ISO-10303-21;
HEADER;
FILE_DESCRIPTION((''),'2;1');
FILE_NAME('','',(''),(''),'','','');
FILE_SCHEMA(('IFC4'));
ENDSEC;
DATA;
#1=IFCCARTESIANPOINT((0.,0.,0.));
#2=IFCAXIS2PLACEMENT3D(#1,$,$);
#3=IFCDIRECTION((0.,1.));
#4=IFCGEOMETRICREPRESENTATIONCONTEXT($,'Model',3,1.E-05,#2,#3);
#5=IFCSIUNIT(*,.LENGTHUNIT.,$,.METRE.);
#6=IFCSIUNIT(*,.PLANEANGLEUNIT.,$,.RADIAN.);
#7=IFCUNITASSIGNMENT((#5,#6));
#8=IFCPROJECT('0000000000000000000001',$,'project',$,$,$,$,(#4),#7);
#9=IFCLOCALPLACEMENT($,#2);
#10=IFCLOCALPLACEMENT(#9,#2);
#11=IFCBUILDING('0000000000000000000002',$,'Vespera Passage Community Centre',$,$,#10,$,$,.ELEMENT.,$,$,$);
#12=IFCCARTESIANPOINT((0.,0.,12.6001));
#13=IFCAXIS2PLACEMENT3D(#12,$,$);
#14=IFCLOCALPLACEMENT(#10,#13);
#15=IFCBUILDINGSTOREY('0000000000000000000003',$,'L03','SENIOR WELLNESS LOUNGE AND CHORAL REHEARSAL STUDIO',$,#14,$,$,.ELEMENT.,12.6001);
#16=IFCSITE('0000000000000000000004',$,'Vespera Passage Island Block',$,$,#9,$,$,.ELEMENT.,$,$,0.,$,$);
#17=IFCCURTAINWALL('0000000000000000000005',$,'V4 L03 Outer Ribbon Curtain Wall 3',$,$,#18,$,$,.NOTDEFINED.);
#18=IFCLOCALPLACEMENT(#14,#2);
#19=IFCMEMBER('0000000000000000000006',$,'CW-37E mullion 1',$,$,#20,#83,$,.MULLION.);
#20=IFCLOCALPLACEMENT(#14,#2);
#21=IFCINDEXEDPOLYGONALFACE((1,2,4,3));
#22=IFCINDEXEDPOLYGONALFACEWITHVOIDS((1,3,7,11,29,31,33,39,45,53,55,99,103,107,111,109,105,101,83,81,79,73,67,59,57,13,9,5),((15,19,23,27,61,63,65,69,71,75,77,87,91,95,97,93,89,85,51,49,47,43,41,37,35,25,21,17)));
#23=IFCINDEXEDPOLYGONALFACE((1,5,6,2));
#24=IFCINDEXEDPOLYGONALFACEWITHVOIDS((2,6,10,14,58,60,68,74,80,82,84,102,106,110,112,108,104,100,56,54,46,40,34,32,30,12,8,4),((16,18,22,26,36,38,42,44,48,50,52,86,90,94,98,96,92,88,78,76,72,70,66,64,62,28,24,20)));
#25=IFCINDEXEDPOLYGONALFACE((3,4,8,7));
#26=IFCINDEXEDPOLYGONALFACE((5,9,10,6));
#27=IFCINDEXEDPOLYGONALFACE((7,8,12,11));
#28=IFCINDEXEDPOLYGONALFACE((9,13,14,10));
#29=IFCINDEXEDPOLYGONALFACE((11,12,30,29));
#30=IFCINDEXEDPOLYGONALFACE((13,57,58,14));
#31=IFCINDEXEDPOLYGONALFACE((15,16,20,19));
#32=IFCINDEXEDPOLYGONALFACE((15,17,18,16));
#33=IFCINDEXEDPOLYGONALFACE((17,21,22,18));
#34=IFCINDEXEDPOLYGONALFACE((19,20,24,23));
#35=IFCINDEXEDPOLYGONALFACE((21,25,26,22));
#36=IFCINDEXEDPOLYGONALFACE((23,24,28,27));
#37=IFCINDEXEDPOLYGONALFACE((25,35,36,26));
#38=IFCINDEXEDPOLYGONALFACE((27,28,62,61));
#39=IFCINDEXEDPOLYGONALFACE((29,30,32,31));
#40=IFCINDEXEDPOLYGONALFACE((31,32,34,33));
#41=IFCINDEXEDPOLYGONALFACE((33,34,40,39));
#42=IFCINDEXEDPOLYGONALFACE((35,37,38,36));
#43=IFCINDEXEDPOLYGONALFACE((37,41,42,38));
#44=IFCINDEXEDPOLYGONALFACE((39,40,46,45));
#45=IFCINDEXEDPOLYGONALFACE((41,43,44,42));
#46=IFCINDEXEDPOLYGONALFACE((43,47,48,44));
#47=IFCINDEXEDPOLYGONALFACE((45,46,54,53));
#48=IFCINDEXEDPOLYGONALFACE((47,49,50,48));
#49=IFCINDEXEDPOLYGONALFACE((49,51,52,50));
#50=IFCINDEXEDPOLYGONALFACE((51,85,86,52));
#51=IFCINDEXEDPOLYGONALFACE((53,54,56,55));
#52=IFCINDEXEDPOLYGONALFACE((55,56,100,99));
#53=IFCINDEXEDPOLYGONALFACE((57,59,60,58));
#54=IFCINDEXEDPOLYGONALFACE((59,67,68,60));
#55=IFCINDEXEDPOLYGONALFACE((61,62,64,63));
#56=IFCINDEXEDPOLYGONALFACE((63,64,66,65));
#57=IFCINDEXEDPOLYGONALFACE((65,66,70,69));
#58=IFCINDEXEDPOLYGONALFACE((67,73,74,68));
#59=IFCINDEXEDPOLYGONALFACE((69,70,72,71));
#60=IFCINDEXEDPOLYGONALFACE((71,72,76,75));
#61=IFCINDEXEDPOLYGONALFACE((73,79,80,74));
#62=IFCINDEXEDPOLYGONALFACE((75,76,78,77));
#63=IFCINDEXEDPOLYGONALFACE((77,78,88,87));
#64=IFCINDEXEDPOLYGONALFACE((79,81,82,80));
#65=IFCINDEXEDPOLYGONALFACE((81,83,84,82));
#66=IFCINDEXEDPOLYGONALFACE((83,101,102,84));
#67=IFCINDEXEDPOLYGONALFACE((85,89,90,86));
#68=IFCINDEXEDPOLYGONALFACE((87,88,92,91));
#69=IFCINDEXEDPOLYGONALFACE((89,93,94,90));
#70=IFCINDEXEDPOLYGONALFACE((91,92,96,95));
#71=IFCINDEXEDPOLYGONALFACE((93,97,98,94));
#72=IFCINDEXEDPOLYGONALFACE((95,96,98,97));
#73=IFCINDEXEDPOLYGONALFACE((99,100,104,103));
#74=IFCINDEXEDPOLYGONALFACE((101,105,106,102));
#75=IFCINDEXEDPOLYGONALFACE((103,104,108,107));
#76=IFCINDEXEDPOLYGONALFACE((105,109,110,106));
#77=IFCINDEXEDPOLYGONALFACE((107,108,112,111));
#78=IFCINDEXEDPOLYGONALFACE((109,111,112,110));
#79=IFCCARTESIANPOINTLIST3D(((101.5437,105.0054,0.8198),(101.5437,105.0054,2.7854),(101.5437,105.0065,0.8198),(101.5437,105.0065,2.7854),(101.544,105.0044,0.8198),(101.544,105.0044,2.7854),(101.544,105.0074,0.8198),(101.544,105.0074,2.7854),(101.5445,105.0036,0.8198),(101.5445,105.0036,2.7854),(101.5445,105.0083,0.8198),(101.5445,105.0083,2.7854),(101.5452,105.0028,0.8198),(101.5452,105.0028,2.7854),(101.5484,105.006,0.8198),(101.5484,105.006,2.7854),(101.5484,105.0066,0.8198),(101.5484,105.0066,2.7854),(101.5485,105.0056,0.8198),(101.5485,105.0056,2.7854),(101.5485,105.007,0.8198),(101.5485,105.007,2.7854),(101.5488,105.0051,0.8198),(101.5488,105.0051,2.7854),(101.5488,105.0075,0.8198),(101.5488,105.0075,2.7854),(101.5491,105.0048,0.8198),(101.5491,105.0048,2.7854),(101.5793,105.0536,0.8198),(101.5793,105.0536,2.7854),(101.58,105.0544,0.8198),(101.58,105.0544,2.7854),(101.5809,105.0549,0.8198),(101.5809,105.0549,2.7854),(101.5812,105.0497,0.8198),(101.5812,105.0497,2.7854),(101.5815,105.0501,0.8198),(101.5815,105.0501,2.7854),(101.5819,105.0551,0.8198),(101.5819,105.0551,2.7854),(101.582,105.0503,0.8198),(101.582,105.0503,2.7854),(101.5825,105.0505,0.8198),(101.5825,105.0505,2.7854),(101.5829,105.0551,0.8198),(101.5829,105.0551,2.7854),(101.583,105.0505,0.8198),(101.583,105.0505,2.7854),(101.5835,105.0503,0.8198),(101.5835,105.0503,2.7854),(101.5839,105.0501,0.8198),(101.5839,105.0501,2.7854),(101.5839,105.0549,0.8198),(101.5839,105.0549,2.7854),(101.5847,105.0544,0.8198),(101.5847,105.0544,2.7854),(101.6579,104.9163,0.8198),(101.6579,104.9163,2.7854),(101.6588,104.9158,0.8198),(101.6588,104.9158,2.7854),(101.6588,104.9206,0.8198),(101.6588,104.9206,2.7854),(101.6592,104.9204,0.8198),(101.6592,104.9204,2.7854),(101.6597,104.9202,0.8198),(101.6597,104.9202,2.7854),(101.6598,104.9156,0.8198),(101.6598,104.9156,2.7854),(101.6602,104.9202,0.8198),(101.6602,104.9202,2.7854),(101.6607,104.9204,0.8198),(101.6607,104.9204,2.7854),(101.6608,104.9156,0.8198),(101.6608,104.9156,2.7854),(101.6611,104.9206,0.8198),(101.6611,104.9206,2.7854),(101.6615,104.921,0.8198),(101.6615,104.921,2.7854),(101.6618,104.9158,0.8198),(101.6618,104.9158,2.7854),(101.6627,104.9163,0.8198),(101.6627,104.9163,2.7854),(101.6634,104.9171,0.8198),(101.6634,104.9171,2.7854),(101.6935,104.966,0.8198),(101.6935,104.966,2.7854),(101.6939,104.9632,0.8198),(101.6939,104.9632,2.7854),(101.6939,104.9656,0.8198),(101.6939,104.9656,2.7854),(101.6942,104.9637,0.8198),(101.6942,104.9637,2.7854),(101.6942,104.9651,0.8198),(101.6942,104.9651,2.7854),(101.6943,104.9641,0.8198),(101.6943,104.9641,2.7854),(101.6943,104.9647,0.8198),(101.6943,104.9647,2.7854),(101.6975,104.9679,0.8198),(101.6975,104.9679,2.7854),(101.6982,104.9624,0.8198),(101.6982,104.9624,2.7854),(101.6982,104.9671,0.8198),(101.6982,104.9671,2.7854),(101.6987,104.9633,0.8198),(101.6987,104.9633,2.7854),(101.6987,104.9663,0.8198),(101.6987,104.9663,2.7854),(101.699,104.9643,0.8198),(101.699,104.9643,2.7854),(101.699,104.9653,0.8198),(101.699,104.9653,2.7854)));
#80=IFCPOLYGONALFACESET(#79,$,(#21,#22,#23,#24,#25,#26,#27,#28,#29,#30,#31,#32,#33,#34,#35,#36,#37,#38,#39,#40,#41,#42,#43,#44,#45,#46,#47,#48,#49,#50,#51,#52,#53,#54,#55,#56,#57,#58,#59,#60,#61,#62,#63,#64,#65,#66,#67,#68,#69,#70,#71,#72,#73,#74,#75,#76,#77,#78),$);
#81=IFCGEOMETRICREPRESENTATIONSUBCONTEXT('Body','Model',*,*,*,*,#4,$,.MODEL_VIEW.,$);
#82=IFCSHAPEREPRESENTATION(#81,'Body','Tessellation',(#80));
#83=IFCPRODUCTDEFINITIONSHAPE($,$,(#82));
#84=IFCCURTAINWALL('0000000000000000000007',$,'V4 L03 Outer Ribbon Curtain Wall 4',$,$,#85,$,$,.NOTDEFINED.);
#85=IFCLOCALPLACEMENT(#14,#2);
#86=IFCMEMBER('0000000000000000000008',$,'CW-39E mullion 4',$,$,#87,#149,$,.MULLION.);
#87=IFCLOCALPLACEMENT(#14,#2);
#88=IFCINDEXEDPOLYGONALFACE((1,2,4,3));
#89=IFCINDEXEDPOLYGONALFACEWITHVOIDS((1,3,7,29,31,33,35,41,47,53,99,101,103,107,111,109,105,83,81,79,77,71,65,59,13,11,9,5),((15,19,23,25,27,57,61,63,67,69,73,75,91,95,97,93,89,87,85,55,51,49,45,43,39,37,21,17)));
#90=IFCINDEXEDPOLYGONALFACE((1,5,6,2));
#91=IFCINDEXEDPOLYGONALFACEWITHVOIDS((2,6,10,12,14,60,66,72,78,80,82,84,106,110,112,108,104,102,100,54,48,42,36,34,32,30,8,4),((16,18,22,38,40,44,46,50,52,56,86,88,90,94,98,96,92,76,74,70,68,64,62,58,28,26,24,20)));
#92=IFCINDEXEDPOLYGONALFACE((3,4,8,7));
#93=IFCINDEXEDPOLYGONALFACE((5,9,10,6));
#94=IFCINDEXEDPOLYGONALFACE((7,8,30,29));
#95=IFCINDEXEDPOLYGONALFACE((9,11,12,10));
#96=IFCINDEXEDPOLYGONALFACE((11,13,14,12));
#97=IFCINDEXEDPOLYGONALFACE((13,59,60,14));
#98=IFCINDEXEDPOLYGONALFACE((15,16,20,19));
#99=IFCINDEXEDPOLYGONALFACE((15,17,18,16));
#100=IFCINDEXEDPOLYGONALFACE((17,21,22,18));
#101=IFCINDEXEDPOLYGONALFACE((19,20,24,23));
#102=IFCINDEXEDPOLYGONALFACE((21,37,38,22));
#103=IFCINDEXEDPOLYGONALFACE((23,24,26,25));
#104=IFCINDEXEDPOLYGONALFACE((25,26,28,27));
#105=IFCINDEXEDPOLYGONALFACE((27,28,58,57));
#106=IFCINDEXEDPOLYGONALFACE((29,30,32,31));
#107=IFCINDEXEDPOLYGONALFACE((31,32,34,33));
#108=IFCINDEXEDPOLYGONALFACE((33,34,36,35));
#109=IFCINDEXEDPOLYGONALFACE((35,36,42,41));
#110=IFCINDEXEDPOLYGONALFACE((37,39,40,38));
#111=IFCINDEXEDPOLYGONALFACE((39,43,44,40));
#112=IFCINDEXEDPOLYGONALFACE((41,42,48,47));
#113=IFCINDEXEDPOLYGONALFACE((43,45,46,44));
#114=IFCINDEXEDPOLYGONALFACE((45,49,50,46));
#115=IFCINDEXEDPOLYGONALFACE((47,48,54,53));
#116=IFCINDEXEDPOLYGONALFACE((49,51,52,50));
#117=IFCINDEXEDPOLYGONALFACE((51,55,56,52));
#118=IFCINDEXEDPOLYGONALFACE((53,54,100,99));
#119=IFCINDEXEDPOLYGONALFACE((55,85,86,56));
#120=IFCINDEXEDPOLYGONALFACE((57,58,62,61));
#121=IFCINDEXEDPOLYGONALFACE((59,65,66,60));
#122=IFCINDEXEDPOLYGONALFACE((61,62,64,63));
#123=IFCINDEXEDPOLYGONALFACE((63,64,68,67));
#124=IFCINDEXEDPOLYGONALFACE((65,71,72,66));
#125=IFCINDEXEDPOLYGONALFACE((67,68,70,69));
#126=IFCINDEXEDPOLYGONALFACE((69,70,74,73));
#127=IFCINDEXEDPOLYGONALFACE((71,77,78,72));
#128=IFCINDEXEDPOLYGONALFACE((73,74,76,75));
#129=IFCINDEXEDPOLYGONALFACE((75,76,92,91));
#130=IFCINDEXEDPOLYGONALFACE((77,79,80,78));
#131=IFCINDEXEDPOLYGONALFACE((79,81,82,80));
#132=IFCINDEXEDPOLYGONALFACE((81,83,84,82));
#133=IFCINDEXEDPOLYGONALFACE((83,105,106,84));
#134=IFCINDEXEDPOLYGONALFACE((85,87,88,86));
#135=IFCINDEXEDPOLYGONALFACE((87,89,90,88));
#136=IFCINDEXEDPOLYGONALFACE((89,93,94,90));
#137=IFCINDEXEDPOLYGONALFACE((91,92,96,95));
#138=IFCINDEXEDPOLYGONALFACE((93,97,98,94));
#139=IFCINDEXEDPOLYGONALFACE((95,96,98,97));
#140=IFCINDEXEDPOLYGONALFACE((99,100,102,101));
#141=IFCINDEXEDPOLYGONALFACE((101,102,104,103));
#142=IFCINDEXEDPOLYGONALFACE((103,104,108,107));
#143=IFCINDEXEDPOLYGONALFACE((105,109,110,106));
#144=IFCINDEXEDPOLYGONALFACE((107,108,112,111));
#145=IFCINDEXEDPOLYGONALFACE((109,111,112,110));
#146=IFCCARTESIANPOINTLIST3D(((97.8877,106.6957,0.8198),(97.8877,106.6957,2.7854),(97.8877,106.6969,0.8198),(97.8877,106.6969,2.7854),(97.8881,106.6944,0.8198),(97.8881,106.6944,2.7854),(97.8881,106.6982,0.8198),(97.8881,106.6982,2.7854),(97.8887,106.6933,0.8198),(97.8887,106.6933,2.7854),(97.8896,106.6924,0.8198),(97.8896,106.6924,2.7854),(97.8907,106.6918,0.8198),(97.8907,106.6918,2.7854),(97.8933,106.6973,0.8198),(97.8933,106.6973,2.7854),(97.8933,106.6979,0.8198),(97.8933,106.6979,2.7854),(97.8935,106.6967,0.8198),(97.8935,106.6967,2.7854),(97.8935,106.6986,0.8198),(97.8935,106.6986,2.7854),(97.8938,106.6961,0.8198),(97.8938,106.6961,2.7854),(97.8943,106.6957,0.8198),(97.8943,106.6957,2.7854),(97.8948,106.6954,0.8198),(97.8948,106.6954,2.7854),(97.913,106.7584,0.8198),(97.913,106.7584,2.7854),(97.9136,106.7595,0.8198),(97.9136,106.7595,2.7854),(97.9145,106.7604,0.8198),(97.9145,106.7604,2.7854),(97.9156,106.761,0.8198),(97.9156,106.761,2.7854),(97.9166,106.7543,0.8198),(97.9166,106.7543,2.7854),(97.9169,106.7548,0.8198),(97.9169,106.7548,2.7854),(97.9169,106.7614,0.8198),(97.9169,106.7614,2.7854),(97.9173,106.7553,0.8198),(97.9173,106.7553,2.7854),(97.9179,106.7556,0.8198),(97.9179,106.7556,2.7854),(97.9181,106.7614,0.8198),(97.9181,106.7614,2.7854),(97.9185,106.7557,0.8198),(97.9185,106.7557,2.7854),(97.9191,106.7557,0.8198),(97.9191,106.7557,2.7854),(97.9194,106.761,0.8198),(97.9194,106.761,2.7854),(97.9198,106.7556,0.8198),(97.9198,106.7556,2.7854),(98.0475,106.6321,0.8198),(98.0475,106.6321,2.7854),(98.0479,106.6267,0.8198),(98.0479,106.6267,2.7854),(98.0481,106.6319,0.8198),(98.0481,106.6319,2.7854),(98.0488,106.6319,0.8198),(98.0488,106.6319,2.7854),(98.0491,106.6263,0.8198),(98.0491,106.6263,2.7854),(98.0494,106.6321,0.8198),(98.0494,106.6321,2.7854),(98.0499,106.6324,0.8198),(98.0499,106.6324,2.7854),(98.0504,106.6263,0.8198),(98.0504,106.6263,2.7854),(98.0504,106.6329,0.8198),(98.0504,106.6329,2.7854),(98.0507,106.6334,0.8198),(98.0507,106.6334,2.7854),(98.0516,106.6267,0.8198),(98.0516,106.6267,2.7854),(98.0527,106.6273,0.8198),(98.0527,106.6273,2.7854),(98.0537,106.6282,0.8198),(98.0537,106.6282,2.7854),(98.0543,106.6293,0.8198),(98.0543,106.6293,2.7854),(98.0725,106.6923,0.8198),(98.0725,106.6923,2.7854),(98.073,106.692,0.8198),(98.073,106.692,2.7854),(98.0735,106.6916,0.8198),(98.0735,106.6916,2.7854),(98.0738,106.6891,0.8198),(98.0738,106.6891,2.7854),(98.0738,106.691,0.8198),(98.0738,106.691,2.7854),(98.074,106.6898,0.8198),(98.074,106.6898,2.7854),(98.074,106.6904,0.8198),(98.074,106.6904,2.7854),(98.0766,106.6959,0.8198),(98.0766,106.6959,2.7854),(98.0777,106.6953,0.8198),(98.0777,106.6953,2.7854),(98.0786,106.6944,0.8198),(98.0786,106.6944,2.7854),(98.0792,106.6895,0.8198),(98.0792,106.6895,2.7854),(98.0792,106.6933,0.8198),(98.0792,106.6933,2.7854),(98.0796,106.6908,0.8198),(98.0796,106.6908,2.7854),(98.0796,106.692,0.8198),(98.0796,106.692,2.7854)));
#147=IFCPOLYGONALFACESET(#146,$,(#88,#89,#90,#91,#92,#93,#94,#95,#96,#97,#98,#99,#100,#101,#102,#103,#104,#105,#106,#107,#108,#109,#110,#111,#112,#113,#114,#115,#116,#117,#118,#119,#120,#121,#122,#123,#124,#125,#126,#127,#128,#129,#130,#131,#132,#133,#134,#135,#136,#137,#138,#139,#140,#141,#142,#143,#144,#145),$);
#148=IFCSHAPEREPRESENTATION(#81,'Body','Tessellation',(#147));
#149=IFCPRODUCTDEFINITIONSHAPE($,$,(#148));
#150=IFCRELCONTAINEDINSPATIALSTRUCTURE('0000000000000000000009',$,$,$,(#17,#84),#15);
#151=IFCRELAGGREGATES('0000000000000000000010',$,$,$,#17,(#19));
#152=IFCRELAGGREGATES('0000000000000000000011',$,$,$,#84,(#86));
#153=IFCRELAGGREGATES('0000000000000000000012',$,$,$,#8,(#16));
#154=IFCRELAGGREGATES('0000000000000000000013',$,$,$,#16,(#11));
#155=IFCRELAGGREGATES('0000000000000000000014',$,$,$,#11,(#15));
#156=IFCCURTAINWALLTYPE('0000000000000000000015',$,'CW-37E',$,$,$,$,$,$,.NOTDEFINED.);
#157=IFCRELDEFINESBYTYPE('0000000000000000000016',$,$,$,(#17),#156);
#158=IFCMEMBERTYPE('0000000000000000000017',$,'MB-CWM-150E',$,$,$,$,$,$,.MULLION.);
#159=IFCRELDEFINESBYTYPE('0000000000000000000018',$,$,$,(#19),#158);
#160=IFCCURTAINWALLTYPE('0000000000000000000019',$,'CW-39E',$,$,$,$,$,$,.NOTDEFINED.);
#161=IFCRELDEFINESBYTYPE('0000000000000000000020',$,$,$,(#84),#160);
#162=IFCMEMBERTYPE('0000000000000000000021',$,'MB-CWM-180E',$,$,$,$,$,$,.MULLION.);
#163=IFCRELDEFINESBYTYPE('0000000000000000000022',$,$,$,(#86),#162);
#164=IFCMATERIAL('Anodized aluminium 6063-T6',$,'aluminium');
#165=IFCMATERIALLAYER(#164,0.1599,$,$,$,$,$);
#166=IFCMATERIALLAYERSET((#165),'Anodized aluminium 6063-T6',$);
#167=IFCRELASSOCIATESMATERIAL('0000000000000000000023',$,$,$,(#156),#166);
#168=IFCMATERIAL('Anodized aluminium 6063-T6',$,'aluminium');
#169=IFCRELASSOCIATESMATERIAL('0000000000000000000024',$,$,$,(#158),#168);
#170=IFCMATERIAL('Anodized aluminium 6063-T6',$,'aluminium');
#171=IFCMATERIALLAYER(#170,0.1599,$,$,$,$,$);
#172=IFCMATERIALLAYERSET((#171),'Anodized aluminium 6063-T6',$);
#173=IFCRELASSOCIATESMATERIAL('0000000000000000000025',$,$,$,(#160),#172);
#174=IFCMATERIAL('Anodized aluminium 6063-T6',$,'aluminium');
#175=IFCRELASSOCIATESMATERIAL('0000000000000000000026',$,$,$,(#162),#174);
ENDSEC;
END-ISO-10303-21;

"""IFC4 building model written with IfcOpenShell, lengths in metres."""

from ifc_helpers import new_model, si_unit, direction, frame, origin, origin_2d, place, context, subcontext, project, spatial, hollow_rectangle, extrude, material, layer, layer_set, material_profile, profile_set, type_object, element, aggregate, save


model = new_model("IFC4")

# Units and contexts
model_context = context("Model", 3, precision=1e-05, world=origin(), true_north=direction((0.0, 1.0)))
body_context = subcontext(model_context, "Body", "Model", "MODEL_VIEW")
ifc_project = project(units=[si_unit("LENGTHUNIT", "METRE"), si_unit("PLANEANGLEUNIT", "RADIAN")], contexts=[model_context])

# Site, building, storey
site_placement = place(None, origin())
site = spatial("IfcSite", under=ifc_project, at=site_placement, Name="Vespera Passage Island Block", CompositionType="ELEMENT", RefElevation=0.0)
building_placement = place(site_placement, origin())
building = spatial("IfcBuilding", under=site, at=building_placement, Name="Vespera Passage Community Centre", CompositionType="ELEMENT")
storey_placement = place(building_placement, frame((0.0, 0.0, 12.6001)))
storey = spatial("IfcBuildingStorey", under=building, at=storey_placement, Name="L03", Description="SENIOR WELLNESS LOUNGE AND CHORAL REHEARSAL STUDIO", CompositionType="ELEMENT", Elevation=12.6001)

# Curtain wall, member
ifc_material_1 = material(Name="Anodized aluminium 6063-T6", Category="aluminium")
ifc_layer_1 = layer(ifc_material_1, 0.1599)
ifc_layer_set_1 = layer_set([ifc_layer_1], Name="Anodized aluminium 6063-T6")
curtain_wall_type_1 = type_object("IfcCurtainWallType", Name="CW-37E", PredefinedType="NOTDEFINED", material=ifc_layer_set_1)
curtain_wall_1_placement = place(storey_placement, origin())
curtain_wall_1 = element("IfcCurtainWall", 1, at=curtain_wall_1_placement, inside=storey, type_object=curtain_wall_type_1, Name="V4 L03 Outer Ribbon Curtain Wall 3", PredefinedType="NOTDEFINED")
ifc_material_2 = material(Name="Anodized aluminium 6063-T6", Category="aluminium")
ifc_material_profile_1 = material_profile(ifc_material_2, hollow_rectangle(XDim=0.0649, YDim=0.1499, WallThickness=0.0039, InnerFilletRadius=0.002, OuterFilletRadius=0.0039, at=origin_2d()), Name="ALU150X65X4")
ifc_profile_set_1 = profile_set([ifc_material_profile_1], Name="Anodized aluminium 6063-T6")
member_type_1 = type_object("IfcMemberType", Name="MB-CWM-150E", PredefinedType="MULLION", material=ifc_profile_set_1)
member_1_placement = place(storey_placement, frame((101.6213, 104.9854, 0.8198), z_axis=(0.0, 0.0, 1.0), x_axis=(0.608772, 0.793345, 0.0)))
member_1 = element("IfcMember", 2, at=member_1_placement, type_object=member_type_1, Name="CW-37E mullion 1", PredefinedType="MULLION", context=body_context, shape_type="SweptSolid", body=[
    extrude(hollow_rectangle(XDim=0.0649, YDim=0.1499, WallThickness=0.0039, InnerFilletRadius=0.002, OuterFilletRadius=0.0039, at=origin_2d()), origin(), (0.0, 0.0, 1.0), 1.9656),
])

# Curtain wall, member
ifc_material_3 = material(Name="Anodized aluminium 6063-T6", Category="aluminium")
ifc_layer_2 = layer(ifc_material_3, 0.1599)
ifc_layer_set_2 = layer_set([ifc_layer_2], Name="Anodized aluminium 6063-T6")
curtain_wall_type_2 = type_object("IfcCurtainWallType", Name="CW-39E", PredefinedType="NOTDEFINED", material=ifc_layer_set_2)
curtain_wall_2_placement = place(storey_placement, origin())
curtain_wall_2 = element("IfcCurtainWall", 3, at=curtain_wall_2_placement, inside=storey, type_object=curtain_wall_type_2, Name="V4 L03 Outer Ribbon Curtain Wall 4", PredefinedType="NOTDEFINED")
ifc_material_4 = material(Name="Anodized aluminium 6063-T6", Category="aluminium")
ifc_material_profile_2 = material_profile(ifc_material_4, hollow_rectangle(XDim=0.075, YDim=0.1799, WallThickness=0.0049, InnerFilletRadius=0.0024, OuterFilletRadius=0.0049, at=origin_2d()), Name="ALU180X75X5")
ifc_profile_set_2 = profile_set([ifc_material_profile_2], Name="Anodized aluminium 6063-T6")
member_type_2 = type_object("IfcMemberType", Name="MB-CWM-180E", PredefinedType="MULLION", material=ifc_profile_set_2)
member_2_placement = place(storey_placement, frame((97.9836, 106.6938, 0.8198), z_axis=(0.0, 0.0, 1.0), x_axis=(0.382683, 0.92388, 0.0)))
member_2 = element("IfcMember", 4, at=member_2_placement, type_object=member_type_2, Name="CW-39E mullion 4", PredefinedType="MULLION", context=body_context, shape_type="SweptSolid", body=[
    extrude(hollow_rectangle(XDim=0.075, YDim=0.1799, WallThickness=0.0049, InnerFilletRadius=0.0024, OuterFilletRadius=0.0049, at=origin_2d()), origin(), (0.0, 0.0, 1.0), 1.9656),
])

aggregate(curtain_wall_1, [member_1])
aggregate(curtain_wall_2, [member_2])

save(model, "model.ifc")
